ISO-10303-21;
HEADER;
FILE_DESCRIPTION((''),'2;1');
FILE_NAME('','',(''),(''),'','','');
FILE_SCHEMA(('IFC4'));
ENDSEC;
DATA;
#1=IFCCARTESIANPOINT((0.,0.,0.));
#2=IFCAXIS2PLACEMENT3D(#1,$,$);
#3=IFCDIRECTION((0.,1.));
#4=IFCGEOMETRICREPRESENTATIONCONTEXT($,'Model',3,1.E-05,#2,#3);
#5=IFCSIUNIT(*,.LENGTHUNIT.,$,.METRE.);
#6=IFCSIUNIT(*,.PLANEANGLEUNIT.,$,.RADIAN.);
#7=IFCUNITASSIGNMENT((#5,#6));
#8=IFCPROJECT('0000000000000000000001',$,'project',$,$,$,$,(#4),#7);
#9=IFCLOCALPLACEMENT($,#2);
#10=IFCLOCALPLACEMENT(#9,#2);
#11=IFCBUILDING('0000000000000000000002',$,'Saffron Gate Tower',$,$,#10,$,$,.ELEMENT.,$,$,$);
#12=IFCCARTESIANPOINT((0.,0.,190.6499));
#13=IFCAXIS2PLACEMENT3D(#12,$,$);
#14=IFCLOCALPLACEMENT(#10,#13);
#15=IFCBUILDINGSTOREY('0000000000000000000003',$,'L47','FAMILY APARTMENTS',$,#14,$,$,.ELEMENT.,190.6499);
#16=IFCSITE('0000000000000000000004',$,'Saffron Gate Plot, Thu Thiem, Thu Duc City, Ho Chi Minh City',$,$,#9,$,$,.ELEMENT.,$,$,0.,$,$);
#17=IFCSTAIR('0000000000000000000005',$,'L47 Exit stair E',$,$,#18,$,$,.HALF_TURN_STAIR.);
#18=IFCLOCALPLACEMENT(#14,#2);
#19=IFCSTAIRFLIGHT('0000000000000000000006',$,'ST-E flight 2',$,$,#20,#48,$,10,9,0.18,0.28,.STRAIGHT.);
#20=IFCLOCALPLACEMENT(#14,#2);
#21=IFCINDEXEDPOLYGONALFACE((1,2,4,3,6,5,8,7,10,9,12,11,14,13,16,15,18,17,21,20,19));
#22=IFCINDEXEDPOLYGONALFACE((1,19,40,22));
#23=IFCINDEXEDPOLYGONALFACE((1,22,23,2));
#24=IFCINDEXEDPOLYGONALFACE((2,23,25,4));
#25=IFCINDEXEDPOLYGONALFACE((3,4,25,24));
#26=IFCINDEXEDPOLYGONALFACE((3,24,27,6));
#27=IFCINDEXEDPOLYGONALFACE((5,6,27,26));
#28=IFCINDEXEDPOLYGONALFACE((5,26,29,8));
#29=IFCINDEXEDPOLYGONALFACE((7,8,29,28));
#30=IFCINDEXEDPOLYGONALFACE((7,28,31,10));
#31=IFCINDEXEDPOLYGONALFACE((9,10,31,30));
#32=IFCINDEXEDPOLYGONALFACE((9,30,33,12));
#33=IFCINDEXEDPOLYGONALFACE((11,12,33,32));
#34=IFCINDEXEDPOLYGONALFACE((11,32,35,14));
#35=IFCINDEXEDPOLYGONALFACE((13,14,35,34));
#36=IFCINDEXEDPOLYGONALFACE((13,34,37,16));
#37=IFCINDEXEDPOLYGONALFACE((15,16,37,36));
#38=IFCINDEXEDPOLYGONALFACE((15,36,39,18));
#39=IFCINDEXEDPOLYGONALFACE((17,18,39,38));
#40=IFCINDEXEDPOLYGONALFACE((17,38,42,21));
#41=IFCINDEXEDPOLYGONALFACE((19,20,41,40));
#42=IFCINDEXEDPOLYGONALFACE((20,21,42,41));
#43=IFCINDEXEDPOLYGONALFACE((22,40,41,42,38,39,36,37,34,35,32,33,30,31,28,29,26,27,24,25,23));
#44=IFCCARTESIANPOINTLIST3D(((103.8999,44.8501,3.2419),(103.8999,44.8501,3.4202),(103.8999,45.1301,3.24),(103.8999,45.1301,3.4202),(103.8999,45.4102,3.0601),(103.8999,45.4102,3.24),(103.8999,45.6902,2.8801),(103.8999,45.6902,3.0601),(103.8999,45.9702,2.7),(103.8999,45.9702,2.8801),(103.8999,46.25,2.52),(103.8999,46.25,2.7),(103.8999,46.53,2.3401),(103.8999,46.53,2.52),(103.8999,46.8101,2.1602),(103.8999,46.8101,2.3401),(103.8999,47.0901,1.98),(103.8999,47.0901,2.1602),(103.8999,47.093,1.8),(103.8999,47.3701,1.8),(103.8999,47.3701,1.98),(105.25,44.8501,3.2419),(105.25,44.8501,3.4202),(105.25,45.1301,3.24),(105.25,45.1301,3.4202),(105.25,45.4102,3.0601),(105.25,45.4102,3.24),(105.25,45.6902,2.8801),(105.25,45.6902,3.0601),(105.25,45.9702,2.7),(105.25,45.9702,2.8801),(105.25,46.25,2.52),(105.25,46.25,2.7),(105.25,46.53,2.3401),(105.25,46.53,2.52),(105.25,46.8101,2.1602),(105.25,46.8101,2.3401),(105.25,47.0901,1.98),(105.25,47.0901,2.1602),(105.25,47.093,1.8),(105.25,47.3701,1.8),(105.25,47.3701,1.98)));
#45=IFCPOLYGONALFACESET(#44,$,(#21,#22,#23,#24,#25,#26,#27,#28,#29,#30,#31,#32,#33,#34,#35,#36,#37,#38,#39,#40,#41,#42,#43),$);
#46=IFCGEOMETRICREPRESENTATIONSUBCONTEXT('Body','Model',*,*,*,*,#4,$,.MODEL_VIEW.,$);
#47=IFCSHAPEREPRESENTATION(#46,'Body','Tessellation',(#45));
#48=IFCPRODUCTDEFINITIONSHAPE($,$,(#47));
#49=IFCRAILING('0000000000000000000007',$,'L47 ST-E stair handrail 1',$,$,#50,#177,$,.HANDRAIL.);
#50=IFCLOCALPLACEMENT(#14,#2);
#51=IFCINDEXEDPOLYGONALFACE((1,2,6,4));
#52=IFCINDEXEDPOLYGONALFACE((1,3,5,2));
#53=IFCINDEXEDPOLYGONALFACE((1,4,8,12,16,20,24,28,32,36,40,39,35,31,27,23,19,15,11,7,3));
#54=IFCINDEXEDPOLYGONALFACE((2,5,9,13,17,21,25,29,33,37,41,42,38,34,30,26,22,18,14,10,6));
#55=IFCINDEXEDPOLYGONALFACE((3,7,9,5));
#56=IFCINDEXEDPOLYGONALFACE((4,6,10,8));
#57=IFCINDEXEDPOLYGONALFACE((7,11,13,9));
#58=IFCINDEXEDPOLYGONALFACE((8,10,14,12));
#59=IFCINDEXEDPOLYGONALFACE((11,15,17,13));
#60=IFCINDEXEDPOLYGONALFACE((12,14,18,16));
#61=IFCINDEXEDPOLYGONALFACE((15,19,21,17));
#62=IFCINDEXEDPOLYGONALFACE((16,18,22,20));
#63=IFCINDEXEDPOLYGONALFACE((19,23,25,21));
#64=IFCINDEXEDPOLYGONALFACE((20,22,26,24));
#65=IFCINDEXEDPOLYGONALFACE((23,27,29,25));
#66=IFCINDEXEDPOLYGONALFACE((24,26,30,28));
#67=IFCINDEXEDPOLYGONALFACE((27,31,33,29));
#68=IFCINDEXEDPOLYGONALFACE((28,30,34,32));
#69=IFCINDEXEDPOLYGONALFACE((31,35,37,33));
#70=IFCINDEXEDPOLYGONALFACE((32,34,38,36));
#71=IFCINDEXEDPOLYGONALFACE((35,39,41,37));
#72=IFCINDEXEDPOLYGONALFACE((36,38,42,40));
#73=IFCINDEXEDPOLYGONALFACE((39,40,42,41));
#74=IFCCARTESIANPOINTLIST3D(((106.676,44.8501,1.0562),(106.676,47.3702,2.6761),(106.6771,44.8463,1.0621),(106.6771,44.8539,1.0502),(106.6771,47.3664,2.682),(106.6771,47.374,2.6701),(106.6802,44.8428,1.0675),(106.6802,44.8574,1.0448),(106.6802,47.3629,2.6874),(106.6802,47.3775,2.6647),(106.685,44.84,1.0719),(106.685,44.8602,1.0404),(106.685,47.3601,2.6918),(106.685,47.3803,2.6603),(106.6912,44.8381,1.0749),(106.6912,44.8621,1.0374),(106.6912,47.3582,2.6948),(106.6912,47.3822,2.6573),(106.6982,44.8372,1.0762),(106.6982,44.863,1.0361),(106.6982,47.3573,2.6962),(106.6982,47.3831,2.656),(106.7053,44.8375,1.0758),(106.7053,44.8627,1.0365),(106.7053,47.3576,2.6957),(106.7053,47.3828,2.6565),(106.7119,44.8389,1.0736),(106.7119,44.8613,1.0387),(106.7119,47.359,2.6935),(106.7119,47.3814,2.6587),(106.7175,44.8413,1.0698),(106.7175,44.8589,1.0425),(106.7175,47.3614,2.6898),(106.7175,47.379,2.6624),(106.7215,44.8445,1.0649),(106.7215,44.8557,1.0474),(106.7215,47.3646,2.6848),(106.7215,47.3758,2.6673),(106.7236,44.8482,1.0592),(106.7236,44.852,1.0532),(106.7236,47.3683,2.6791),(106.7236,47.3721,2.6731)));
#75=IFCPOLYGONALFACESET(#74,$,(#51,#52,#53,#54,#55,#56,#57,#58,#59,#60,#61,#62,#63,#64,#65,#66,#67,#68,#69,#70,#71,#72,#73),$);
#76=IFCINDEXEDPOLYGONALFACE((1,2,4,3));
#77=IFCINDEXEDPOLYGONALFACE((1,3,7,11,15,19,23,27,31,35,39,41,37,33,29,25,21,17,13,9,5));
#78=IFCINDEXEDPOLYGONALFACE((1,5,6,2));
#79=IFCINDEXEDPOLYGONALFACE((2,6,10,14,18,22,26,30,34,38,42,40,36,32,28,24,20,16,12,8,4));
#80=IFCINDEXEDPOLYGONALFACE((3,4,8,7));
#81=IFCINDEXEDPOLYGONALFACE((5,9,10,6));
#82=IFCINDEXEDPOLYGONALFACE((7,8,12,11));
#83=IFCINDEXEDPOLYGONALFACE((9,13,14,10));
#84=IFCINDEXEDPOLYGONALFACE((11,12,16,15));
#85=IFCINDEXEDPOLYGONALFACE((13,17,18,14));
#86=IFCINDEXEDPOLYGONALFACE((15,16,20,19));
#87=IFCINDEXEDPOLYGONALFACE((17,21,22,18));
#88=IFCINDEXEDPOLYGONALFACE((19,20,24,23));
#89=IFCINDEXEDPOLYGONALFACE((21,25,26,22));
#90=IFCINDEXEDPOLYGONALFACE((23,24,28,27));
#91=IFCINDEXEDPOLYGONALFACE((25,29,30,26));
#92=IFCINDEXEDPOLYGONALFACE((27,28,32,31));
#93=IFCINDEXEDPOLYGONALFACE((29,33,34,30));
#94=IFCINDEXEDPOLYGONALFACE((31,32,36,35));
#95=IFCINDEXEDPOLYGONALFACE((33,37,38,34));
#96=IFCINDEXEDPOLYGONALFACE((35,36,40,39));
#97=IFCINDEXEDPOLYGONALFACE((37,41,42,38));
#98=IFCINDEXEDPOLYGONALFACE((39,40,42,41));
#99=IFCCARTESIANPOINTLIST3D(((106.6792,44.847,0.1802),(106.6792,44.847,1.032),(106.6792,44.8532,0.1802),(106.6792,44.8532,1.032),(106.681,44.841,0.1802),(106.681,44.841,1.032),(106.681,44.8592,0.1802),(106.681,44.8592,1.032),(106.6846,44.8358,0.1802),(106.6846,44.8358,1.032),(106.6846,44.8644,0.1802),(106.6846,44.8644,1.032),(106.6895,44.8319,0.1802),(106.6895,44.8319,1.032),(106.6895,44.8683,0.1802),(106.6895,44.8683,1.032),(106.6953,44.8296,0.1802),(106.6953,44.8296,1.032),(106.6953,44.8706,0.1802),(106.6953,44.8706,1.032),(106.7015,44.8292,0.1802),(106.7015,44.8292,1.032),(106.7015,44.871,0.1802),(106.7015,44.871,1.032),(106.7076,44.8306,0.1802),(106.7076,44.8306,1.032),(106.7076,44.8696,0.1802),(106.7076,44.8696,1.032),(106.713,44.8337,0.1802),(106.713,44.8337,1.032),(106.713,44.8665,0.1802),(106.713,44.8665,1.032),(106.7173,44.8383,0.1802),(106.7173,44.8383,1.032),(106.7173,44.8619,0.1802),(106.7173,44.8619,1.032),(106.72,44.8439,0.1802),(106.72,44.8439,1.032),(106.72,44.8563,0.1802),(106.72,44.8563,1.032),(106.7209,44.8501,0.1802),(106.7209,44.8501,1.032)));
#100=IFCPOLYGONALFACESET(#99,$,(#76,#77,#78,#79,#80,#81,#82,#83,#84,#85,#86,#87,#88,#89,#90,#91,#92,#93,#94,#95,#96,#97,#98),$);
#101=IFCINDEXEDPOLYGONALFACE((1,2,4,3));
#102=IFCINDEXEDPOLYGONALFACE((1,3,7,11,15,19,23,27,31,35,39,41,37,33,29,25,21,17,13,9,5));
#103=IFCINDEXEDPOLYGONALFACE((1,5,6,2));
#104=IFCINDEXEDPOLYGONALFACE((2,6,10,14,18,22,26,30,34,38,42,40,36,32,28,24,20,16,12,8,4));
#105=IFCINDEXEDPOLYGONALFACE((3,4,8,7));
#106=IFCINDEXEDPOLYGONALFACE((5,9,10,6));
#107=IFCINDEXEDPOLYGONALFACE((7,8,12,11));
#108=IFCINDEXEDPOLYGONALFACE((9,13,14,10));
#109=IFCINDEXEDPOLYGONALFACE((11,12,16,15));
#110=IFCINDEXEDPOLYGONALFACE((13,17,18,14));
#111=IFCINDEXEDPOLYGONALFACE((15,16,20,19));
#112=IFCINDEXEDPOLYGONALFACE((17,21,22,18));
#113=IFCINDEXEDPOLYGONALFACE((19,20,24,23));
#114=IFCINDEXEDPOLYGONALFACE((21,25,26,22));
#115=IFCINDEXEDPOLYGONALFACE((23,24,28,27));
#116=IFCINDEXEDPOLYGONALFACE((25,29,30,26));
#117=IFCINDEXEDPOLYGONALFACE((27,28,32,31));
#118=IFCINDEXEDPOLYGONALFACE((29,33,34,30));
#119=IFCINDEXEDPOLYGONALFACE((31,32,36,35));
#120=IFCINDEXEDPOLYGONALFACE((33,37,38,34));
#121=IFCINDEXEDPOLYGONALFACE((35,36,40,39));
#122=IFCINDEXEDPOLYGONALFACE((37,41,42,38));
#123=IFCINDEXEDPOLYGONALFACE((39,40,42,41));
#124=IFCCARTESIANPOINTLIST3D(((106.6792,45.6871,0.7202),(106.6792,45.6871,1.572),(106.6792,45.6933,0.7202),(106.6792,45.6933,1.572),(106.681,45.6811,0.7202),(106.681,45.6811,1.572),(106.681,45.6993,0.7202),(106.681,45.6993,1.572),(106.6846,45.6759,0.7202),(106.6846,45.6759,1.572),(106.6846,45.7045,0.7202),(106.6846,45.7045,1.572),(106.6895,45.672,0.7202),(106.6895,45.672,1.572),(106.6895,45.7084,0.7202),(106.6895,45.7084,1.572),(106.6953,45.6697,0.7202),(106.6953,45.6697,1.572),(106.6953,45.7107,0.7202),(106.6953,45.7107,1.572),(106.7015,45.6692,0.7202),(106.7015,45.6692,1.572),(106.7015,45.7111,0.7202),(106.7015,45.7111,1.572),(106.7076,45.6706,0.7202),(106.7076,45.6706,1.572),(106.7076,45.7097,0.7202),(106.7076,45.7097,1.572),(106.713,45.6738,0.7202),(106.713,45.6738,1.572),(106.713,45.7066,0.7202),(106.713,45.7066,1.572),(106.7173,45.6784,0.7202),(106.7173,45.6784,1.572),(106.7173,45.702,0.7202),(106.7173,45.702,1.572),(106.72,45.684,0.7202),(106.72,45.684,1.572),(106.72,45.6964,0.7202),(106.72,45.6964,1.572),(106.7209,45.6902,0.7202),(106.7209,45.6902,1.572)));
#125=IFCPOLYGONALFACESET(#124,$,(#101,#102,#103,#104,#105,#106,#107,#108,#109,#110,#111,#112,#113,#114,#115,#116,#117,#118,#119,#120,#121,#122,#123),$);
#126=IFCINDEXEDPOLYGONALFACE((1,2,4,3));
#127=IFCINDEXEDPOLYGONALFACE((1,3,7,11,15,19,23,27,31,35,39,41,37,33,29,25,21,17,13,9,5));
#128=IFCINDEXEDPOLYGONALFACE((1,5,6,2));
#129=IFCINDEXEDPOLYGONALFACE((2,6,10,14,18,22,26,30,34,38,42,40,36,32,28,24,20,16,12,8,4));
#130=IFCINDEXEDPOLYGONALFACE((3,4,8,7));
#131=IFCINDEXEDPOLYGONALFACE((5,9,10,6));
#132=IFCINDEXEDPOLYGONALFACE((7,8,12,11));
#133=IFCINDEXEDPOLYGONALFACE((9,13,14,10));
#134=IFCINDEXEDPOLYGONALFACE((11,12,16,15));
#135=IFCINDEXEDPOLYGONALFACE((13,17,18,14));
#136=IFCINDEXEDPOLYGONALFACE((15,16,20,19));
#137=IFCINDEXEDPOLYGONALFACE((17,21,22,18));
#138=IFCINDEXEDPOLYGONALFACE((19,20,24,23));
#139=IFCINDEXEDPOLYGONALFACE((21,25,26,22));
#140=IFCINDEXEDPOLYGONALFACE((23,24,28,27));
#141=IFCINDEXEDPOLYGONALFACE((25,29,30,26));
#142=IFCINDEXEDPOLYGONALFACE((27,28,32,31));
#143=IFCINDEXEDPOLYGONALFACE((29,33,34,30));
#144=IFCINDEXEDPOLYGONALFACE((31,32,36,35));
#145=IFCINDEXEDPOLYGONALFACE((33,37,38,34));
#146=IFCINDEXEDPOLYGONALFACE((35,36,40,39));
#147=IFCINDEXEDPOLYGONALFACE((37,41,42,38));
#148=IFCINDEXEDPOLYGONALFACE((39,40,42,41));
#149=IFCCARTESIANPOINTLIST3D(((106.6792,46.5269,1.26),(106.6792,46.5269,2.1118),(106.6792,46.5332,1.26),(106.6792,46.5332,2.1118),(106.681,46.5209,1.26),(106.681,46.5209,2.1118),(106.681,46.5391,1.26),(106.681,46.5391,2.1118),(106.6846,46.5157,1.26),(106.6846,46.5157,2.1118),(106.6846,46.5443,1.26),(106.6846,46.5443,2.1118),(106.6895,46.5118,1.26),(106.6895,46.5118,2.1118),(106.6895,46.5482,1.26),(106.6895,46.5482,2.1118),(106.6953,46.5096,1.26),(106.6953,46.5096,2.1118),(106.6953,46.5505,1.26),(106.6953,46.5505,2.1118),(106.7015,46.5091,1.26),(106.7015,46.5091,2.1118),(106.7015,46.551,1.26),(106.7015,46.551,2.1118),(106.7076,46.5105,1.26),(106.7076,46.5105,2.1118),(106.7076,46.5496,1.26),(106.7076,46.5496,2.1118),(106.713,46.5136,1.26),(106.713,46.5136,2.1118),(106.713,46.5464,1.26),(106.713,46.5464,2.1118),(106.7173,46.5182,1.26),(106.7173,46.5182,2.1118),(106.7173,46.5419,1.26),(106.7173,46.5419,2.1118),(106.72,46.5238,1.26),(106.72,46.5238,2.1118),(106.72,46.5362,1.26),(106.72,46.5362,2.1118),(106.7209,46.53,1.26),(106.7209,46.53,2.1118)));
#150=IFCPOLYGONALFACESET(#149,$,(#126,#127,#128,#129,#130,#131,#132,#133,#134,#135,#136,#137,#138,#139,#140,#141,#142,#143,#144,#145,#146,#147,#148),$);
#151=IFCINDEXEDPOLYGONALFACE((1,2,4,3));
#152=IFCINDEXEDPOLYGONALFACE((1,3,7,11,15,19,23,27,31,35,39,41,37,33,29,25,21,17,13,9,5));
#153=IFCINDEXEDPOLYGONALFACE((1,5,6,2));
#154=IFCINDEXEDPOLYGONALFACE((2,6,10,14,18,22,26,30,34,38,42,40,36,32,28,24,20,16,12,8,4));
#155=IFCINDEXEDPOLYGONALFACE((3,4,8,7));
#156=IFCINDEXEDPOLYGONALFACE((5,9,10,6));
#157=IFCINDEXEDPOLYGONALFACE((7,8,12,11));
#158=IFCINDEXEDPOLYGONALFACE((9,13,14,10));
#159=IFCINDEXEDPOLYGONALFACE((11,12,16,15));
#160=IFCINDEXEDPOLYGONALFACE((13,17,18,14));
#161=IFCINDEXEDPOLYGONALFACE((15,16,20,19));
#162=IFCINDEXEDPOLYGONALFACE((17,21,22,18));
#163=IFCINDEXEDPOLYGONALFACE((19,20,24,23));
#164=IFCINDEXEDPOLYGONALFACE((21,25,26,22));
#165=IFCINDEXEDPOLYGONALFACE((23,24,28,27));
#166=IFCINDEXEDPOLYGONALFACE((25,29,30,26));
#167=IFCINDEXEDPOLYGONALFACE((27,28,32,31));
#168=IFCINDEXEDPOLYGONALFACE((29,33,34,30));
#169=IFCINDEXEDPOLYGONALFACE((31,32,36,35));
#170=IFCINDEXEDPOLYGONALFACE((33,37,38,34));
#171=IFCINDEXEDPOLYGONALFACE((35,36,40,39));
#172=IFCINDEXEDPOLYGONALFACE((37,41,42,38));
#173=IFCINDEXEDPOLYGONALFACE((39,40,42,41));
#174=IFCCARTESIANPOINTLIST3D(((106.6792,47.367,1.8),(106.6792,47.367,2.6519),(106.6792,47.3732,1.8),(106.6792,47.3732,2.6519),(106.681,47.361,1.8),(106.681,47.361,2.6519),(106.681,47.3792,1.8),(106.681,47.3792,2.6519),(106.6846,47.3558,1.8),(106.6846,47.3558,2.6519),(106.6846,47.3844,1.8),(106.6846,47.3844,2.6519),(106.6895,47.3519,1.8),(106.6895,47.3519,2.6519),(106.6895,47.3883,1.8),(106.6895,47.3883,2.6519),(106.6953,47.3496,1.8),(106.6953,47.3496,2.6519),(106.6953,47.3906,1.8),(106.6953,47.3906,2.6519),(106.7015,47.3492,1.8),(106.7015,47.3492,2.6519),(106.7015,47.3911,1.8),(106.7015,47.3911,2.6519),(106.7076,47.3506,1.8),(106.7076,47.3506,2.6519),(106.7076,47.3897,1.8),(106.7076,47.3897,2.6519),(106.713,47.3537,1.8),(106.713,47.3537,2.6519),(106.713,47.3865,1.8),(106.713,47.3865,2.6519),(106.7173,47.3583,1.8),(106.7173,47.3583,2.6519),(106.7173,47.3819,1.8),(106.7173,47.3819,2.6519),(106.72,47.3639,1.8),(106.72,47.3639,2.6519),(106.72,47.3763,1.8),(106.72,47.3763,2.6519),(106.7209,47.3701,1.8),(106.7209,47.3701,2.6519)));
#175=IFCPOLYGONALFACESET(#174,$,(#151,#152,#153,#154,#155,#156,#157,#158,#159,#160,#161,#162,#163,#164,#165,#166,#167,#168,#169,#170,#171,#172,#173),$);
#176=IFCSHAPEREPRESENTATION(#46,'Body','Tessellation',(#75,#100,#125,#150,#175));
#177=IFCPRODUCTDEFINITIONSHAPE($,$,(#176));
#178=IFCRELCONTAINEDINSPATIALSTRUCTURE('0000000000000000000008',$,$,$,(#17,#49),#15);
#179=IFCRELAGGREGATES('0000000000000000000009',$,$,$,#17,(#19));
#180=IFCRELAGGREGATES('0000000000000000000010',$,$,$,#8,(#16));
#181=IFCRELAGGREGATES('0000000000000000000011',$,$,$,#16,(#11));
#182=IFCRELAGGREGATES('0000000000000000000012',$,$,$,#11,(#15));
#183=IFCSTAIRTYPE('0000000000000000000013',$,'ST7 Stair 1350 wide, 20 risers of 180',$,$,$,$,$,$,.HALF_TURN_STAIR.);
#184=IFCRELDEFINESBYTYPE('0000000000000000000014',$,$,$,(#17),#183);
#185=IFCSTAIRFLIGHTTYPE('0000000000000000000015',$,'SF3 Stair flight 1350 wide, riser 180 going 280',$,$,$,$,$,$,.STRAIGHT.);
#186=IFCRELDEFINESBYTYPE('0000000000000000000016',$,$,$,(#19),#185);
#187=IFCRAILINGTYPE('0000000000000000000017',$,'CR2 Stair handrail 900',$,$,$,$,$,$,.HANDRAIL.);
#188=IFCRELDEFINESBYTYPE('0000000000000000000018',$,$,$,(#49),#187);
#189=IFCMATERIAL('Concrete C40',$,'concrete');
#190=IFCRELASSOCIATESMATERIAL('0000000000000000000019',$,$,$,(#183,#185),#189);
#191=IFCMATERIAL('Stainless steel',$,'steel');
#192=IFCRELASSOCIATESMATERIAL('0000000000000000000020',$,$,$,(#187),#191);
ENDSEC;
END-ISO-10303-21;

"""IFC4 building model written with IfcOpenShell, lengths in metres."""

from ifc_helpers import new_model, si_unit, direction, frame, origin, origin_2d, place, context, subcontext, project, spatial, polyline, circle, outline, extrude, material, type_object, element, aggregate, save


model = new_model("IFC4")

# Units and contexts
model_context = context("Model", 3, precision=1e-05, world=origin(), true_north=direction((0.0, 1.0)))
body_context = subcontext(model_context, "Body", "Model", "MODEL_VIEW")
ifc_project = project(units=[si_unit("LENGTHUNIT", "METRE"), si_unit("PLANEANGLEUNIT", "RADIAN")], contexts=[model_context])

# Site, building, storey
site_placement = place(None, origin())
site = spatial("IfcSite", under=ifc_project, at=site_placement, Name="Saffron Gate Plot, Thu Thiem, Thu Duc City, Ho Chi Minh City", CompositionType="ELEMENT", RefElevation=0.0)
building_placement = place(site_placement, origin())
building = spatial("IfcBuilding", under=site, at=building_placement, Name="Saffron Gate Tower", CompositionType="ELEMENT")
storey_placement = place(building_placement, frame((0.0, 0.0, 190.6499)))
storey = spatial("IfcBuildingStorey", under=building, at=storey_placement, Name="L47", Description="FAMILY APARTMENTS", CompositionType="ELEMENT", Elevation=190.6499)

# Stair, stair flight
ifc_material_1 = material(Name="Concrete C40", Category="concrete")
stair_type = type_object("IfcStairType", Name="ST7 Stair 1350 wide, 20 risers of 180", PredefinedType="HALF_TURN_STAIR", material=ifc_material_1)
stair_placement = place(storey_placement, origin())
stair = element("IfcStair", 1, at=stair_placement, inside=storey, type_object=stair_type, Name="L47 Exit stair E", PredefinedType="HALF_TURN_STAIR")
stair_flight_type = type_object("IfcStairFlightType", Name="SF3 Stair flight 1350 wide, riser 180 going 280", PredefinedType="STRAIGHT", material=ifc_material_1)
stair_flight_1_placement = place(storey_placement, frame((104.575, 47.3701, 1.8), z_axis=(0.0, 0.0, 1.0), x_axis=(0.0, -1.0, 0.0)))
stair_flight_1 = element("IfcStairFlight", 2, at=stair_flight_1_placement, type_object=stair_flight_type, Name="ST-E flight 2", NumberOfRisers=10, NumberOfTreads=9, PredefinedType="STRAIGHT", RiserHeight=0.18, TreadLength=0.28, context=body_context, shape_type="SweptSolid", body=[
    extrude(outline(polyline([(0.0, 0.0), (0.0, 0.1799), (0.28, 0.1799), (0.28, 0.3601), (0.5601, 0.3601), (0.5601, 0.54), (0.8401, 0.54), (0.8401, 0.72), (1.1201, 0.72), (1.1201, 0.8999), (1.3999, 0.8999), (1.3999, 1.0801), (1.6799, 1.0801), (1.6799, 1.26), (1.96, 1.26), (1.96, 1.4399), (2.24, 1.4399), (2.24, 1.6201), (2.52, 1.6201), (2.52, 1.8), (2.52, 1.4419), (0.2771, 0.0), (0.0, 0.0)])), frame((0.0, 0.675, 0.0), z_axis=(0.0, -1.0, 0.0), x_axis=(1.0, 0.0, 0.0)), (0.0, 0.0, 1.0), 1.3501),
])
aggregate(stair, [stair_flight_1])

# Railing
ifc_material_2 = material(Name="Stainless steel", Category="steel")
railing_type_1 = type_object("IfcRailingType", Name="CR2 Stair handrail 900", PredefinedType="HANDRAIL", material=ifc_material_2)
railing_1_placement = place(storey_placement, frame((106.7, 44.8501, 0.1802)))
element("IfcRailing", 3, at=railing_1_placement, inside=storey, type_object=railing_type_1, Name="L47 ST-E stair handrail 1", PredefinedType="HANDRAIL", context=body_context, shape_type="SweptSolid", body=[
    extrude(circle(Radius=0.0239, at=origin_2d()), frame((0.0, 0.0, 0.876), z_axis=(0.0, 0.8412, 0.540725), x_axis=(-1.0, 0.0, 0.0)), (0.0, 0.0, 1.0), 2.9958),
    extrude(circle(Radius=0.021, at=origin_2d()), origin(), (0.0, 0.0, 1.0), 0.8518),
    extrude(circle(Radius=0.021, at=origin_2d()), frame((0.0, 0.8401, 0.54)), (0.0, 0.0, 1.0), 0.8518),
    extrude(circle(Radius=0.021, at=origin_2d()), frame((0.0, 1.6799, 1.0798)), (0.0, 0.0, 1.0), 0.8518),
    extrude(circle(Radius=0.021, at=origin_2d()), frame((0.0, 2.52, 1.6199)), (0.0, 0.0, 1.0), 0.8518),
])

save(model, "model.ifc")
